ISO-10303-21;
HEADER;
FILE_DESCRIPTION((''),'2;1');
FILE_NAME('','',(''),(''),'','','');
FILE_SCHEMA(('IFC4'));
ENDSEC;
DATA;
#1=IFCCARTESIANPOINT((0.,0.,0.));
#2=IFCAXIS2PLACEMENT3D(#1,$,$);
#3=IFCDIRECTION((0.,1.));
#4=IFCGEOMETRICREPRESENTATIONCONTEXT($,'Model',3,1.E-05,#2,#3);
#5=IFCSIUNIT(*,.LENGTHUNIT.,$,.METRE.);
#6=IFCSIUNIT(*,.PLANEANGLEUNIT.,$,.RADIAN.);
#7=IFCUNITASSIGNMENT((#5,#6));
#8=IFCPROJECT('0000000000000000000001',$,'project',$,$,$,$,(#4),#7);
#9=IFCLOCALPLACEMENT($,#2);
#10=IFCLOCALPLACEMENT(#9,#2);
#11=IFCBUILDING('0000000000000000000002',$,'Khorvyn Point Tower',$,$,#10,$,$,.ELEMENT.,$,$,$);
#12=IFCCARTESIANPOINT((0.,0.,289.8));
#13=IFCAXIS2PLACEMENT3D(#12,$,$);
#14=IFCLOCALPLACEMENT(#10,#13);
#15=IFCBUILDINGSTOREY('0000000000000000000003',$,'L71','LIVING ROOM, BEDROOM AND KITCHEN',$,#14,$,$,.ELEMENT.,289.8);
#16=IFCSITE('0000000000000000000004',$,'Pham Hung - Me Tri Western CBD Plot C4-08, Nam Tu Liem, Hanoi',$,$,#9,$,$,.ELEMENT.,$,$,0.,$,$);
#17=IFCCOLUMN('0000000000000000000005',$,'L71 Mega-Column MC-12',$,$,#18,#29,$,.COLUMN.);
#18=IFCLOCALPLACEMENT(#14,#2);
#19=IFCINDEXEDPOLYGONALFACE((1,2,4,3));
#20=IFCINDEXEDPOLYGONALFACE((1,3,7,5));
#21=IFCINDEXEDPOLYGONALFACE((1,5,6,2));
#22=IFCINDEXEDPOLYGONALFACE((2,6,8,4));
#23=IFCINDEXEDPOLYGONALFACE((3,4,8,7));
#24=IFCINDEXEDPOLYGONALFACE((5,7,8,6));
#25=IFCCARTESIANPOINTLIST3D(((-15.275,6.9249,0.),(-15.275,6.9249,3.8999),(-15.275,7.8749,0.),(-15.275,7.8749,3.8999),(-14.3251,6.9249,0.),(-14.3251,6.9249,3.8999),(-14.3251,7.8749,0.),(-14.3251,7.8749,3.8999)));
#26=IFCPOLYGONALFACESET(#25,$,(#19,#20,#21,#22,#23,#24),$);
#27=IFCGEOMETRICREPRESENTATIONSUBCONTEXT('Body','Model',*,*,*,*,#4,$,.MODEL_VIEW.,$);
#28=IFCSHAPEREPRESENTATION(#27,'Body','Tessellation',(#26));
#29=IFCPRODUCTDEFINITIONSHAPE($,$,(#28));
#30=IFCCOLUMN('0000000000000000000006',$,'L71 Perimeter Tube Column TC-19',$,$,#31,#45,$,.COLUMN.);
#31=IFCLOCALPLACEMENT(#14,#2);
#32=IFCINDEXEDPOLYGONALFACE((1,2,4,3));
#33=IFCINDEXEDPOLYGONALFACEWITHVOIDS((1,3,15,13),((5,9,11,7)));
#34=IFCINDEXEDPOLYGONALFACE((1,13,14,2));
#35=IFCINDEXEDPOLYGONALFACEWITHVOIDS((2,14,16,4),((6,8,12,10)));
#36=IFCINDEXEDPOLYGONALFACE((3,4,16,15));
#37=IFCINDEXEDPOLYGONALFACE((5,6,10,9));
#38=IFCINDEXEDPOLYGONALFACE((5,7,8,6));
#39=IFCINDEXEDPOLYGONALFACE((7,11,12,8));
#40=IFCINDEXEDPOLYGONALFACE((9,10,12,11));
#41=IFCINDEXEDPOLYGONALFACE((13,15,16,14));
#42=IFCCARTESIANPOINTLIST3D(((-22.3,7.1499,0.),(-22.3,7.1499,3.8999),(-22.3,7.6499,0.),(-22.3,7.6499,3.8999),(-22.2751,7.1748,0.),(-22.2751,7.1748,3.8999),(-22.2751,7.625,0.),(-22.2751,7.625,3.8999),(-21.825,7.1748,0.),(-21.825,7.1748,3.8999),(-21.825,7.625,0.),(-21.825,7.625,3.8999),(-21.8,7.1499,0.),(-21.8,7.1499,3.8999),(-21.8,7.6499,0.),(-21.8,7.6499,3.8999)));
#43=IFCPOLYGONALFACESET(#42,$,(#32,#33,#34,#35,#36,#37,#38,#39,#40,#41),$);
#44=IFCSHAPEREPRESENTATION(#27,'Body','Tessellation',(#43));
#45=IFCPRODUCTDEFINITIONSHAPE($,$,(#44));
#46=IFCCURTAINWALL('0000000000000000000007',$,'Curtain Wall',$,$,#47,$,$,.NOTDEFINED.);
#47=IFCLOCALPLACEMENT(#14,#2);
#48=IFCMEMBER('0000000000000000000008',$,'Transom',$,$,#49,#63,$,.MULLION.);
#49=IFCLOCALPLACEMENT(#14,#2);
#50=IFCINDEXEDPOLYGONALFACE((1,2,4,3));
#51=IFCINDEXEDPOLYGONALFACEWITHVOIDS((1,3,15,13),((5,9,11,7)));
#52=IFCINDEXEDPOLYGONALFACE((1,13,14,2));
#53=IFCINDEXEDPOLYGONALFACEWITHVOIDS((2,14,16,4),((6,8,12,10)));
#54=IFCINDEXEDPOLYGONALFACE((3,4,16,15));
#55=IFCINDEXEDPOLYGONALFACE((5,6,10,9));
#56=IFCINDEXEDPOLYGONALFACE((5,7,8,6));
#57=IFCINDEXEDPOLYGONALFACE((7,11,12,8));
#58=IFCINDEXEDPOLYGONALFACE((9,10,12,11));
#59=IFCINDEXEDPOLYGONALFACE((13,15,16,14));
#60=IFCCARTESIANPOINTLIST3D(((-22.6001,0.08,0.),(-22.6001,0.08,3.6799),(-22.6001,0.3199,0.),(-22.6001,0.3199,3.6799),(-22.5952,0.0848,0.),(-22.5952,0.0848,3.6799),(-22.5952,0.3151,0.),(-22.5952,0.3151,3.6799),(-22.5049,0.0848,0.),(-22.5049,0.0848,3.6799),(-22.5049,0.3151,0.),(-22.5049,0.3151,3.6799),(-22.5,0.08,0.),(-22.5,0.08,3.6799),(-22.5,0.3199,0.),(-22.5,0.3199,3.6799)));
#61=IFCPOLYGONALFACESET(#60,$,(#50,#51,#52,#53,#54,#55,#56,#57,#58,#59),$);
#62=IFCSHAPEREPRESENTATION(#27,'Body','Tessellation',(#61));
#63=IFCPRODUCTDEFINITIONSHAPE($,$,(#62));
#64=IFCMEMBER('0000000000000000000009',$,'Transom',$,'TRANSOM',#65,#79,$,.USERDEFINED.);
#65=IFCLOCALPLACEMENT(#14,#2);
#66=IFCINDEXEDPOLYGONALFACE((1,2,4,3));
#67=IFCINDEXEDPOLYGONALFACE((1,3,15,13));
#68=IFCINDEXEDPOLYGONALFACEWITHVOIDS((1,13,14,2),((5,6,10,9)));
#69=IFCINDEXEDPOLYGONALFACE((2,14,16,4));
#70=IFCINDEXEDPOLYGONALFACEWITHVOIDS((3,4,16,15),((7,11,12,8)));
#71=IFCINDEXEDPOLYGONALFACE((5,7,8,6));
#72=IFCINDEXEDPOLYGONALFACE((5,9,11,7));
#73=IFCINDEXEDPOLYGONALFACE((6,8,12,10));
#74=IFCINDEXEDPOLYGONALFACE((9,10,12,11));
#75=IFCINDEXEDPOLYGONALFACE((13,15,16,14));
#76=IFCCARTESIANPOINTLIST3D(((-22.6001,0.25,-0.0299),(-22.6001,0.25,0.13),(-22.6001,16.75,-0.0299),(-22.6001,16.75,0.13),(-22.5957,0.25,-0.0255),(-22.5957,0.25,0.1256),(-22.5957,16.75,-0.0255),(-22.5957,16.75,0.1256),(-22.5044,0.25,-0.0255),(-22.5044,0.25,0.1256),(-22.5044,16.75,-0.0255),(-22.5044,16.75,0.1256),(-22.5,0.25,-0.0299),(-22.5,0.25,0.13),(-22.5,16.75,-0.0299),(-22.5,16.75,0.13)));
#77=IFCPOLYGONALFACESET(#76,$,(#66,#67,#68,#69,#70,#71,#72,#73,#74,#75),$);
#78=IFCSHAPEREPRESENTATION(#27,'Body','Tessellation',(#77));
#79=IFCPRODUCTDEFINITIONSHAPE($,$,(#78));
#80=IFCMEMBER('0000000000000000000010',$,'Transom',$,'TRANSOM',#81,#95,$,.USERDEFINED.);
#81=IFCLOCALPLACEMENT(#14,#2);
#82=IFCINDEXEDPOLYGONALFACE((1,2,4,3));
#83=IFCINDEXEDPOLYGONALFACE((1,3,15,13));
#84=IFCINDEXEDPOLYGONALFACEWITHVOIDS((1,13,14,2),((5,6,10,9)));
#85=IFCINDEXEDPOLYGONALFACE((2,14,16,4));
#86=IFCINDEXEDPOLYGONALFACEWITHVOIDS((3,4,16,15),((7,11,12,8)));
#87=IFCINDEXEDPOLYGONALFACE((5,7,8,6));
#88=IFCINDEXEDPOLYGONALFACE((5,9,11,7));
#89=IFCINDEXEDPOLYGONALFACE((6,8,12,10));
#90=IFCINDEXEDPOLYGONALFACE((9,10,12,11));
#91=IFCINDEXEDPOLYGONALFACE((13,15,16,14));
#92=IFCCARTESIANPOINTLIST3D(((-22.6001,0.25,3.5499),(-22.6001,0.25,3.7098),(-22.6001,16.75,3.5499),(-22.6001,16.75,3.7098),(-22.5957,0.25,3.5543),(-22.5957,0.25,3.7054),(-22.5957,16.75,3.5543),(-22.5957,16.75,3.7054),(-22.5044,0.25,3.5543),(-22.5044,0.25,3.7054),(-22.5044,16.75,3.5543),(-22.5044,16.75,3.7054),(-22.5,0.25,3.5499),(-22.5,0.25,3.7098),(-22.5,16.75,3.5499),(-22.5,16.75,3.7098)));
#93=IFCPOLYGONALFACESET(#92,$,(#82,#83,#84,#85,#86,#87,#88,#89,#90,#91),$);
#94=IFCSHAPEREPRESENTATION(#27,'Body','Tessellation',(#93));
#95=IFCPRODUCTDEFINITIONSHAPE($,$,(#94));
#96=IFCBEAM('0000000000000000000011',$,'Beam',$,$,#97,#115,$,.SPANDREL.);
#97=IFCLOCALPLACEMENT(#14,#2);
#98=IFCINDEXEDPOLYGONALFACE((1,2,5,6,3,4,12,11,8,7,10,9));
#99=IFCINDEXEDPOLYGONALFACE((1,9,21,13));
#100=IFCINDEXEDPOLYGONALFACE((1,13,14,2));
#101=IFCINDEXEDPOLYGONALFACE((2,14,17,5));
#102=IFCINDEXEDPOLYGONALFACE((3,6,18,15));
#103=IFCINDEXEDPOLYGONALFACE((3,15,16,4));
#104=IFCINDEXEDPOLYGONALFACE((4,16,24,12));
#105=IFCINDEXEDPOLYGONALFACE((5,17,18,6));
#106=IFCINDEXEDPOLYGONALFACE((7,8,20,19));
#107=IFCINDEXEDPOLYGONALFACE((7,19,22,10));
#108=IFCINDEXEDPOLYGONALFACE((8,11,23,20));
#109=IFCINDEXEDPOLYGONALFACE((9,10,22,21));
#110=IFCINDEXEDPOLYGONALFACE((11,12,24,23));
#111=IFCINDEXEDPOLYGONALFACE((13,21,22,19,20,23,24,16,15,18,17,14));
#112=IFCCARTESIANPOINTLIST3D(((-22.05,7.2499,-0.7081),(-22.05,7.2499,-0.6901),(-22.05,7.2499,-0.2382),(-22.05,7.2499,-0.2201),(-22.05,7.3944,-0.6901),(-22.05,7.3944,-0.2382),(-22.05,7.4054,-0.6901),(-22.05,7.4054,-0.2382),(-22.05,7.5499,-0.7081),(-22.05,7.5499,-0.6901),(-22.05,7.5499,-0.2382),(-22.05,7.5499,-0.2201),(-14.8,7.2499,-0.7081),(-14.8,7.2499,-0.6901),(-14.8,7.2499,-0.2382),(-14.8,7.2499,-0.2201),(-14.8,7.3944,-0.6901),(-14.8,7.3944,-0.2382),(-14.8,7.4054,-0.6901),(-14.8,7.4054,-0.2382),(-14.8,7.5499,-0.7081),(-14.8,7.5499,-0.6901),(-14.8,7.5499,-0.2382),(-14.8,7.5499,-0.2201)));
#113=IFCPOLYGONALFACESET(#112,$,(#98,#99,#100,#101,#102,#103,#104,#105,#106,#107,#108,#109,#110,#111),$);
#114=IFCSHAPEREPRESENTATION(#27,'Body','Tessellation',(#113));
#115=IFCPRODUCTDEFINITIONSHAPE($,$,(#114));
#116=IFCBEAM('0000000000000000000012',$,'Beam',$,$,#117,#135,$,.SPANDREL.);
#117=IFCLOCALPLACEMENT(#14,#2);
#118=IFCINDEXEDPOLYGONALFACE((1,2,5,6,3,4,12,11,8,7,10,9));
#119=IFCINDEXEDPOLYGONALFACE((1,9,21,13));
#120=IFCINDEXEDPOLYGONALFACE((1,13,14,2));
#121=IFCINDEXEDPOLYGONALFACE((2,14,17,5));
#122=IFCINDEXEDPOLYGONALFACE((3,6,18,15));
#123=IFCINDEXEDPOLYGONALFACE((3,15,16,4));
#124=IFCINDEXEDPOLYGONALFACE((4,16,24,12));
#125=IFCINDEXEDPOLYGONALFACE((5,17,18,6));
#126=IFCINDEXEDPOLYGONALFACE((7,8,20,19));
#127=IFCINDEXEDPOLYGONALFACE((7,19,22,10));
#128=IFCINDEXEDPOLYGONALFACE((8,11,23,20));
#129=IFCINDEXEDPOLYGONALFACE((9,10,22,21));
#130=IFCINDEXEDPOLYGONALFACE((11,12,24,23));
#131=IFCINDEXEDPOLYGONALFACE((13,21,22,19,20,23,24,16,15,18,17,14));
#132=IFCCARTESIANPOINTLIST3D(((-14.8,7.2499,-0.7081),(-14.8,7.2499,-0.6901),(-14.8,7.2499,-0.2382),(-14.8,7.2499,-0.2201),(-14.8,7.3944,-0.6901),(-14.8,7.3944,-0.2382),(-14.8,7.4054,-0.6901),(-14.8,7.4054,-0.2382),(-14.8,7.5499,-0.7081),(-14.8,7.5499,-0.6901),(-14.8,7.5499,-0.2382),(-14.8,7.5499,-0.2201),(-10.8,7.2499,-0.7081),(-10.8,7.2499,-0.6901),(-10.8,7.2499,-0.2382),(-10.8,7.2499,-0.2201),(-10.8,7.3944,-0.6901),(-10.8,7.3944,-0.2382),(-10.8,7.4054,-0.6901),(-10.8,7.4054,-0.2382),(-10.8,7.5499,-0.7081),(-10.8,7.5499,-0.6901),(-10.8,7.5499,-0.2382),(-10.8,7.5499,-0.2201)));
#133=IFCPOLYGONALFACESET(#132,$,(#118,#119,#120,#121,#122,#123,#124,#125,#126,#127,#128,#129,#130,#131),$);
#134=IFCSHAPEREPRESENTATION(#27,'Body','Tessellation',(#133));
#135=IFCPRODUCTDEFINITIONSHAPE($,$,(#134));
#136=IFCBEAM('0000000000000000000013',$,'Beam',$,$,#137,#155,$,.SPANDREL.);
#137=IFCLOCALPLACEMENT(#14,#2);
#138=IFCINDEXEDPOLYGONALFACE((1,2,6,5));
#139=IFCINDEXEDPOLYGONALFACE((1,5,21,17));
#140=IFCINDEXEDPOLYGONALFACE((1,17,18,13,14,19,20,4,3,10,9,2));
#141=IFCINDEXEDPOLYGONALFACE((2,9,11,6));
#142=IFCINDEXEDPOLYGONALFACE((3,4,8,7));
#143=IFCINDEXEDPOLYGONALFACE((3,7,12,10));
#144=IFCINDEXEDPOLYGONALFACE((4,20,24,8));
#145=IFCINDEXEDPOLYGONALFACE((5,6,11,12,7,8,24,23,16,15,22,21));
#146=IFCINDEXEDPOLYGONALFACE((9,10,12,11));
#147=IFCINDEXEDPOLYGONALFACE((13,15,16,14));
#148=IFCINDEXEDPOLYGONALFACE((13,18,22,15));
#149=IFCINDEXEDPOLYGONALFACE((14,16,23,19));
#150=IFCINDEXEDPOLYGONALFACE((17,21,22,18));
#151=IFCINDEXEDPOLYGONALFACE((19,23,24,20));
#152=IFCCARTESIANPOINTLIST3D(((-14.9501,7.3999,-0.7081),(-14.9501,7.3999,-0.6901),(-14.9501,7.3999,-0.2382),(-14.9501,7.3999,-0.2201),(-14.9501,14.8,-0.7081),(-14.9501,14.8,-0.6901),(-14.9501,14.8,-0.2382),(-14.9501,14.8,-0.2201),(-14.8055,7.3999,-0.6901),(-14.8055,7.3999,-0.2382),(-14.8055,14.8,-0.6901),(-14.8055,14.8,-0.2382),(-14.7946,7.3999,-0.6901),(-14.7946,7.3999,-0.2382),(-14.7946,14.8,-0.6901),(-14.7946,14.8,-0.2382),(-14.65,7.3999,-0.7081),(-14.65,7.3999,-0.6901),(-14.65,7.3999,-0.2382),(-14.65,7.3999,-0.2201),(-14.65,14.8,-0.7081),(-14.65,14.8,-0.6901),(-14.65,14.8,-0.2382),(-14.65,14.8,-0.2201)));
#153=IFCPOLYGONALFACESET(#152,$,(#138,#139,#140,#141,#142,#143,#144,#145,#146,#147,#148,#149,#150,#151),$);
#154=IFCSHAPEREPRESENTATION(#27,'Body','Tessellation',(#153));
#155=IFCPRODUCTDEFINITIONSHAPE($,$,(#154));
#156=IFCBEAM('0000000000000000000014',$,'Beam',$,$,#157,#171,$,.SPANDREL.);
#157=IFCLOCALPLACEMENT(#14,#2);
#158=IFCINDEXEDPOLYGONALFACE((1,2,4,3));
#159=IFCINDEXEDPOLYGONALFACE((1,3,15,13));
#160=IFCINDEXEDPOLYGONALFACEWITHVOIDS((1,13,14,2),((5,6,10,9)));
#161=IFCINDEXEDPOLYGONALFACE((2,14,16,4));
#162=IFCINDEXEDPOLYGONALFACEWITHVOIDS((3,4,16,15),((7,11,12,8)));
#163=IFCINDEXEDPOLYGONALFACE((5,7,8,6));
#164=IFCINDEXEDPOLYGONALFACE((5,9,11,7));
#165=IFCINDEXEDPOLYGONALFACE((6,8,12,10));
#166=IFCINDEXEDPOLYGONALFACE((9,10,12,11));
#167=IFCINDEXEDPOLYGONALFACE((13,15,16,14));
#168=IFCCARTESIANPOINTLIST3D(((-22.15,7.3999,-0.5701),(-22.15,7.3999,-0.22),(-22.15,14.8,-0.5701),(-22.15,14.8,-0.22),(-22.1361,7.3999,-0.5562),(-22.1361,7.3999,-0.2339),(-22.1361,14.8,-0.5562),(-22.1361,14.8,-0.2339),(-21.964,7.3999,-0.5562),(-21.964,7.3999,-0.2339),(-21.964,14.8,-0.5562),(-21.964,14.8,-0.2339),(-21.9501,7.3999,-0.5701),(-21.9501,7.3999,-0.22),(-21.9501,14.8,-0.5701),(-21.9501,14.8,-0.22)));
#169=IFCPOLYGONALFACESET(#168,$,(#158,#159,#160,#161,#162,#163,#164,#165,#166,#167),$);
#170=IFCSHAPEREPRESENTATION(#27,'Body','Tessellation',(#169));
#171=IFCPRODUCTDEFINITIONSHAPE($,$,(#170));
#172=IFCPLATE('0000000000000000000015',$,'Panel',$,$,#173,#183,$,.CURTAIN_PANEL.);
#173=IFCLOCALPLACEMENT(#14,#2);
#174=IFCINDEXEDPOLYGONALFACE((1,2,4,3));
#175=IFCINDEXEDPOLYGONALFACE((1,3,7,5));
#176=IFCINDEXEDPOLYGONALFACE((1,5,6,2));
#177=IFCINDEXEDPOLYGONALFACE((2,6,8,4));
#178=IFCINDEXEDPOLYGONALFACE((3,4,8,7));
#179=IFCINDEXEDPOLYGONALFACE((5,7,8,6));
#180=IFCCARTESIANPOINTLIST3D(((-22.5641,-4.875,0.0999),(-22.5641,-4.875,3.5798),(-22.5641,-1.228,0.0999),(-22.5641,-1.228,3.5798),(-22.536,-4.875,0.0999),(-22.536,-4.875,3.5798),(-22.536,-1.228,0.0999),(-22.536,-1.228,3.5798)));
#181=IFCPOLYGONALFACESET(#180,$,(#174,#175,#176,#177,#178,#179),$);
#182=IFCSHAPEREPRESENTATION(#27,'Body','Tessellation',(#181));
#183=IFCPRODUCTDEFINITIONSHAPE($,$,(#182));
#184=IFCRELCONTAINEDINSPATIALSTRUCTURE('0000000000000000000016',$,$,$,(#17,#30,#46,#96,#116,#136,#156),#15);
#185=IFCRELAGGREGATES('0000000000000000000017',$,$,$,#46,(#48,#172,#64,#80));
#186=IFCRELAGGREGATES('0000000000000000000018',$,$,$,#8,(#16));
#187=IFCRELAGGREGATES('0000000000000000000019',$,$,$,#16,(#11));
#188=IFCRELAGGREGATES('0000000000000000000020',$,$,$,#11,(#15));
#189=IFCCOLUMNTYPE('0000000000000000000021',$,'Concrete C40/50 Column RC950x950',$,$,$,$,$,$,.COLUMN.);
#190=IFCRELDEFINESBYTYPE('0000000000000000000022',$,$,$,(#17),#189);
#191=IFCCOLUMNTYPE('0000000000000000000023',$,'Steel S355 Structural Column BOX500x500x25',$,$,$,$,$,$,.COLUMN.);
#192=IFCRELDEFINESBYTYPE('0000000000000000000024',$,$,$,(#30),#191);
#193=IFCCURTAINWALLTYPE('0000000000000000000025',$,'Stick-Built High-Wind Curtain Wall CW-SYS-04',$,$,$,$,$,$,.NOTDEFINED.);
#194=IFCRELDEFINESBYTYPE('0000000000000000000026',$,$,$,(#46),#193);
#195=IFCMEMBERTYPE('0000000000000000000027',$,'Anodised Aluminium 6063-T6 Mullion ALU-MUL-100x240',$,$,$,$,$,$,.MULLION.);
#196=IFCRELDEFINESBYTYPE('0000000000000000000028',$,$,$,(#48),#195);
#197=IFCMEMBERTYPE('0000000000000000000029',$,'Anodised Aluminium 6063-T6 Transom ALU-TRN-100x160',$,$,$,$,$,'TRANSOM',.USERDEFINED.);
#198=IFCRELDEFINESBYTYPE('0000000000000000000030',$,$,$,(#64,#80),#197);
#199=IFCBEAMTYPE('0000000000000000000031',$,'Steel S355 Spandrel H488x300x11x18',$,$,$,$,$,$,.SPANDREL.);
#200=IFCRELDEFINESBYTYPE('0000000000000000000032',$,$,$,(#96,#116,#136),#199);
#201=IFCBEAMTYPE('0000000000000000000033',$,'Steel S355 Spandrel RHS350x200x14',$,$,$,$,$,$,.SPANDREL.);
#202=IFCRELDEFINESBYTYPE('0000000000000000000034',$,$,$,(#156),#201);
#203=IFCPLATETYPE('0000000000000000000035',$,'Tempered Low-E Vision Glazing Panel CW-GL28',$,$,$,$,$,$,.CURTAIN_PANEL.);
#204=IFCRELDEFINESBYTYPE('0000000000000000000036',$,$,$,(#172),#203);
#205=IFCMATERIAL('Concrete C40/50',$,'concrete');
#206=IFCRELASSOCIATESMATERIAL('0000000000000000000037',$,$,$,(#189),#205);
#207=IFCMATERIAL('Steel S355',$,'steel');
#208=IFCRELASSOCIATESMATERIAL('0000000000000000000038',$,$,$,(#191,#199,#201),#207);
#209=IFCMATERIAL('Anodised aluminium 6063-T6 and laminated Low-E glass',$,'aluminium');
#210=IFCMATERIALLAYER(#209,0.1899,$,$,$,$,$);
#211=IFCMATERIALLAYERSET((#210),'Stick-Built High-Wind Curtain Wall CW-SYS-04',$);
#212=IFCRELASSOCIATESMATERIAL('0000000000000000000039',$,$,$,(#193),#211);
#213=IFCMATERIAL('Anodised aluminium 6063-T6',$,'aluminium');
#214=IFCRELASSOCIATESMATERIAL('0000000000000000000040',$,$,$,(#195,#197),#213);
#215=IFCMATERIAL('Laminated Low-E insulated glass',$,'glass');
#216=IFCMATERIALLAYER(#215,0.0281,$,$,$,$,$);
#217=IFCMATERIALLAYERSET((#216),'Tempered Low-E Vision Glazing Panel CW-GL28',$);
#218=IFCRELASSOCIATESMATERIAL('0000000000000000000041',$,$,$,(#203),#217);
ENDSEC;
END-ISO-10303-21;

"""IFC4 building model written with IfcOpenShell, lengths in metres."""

from ifc_helpers import new_model, si_unit, direction, frame, origin, origin_2d, place, context, subcontext, project, spatial, rectangle, hollow_rectangle, i_section, extrude, material, layer, layer_set, material_profile, profile_set, type_object, element, aggregate, save


model = new_model("IFC4")

# Units and contexts
model_context = context("Model", 3, precision=1e-05, world=origin(), true_north=direction((0.0, 1.0)))
body_context = subcontext(model_context, "Body", "Model", "MODEL_VIEW")
ifc_project = project(units=[si_unit("LENGTHUNIT", "METRE"), si_unit("PLANEANGLEUNIT", "RADIAN")], contexts=[model_context])

# Site, building, storey
site_placement = place(None, origin())
site = spatial("IfcSite", under=ifc_project, at=site_placement, Name="Pham Hung - Me Tri Western CBD Plot C4-08, Nam Tu Liem, Hanoi", CompositionType="ELEMENT", RefElevation=0.0)
building_placement = place(site_placement, origin())
building = spatial("IfcBuilding", under=site, at=building_placement, Name="Khorvyn Point Tower", CompositionType="ELEMENT")
storey_placement = place(building_placement, frame((0.0, 0.0, 289.8)))
storey = spatial("IfcBuildingStorey", under=building, at=storey_placement, Name="L71", Description="LIVING ROOM, BEDROOM AND KITCHEN", CompositionType="ELEMENT", Elevation=289.8)

# Columns
ifc_material_1 = material(Name="Concrete C40/50", Category="concrete")
ifc_material_profile_1 = material_profile(ifc_material_1, rectangle(XDim=0.95, YDim=0.95, at=origin_2d()))
ifc_profile_set_1 = profile_set([ifc_material_profile_1], Name="Concrete C40/50 RC950x950")
column_type_1 = type_object("IfcColumnType", Name="Concrete C40/50 Column RC950x950", PredefinedType="COLUMN", material=ifc_profile_set_1)
column_1_placement = place(storey_placement, frame((-14.8, 7.3999, 0.0), z_axis=(0.0, 0.0, 1.0), x_axis=(1.0, 0.0, 0.0)))
element("IfcColumn", 1, at=column_1_placement, inside=storey, type_object=column_type_1, Name="L71 Mega-Column MC-12", PredefinedType="COLUMN", context=body_context, shape_type="SweptSolid", body=[
    extrude(rectangle(XDim=0.95, YDim=0.95, at=origin_2d()), origin(), (0.0, 0.0, 1.0), 3.8999),
])
ifc_material_2 = material(Name="Steel S355", Category="steel")
ifc_material_profile_2 = material_profile(ifc_material_2, hollow_rectangle(XDim=0.5, YDim=0.5, WallThickness=0.0249, at=origin_2d()))
ifc_profile_set_2 = profile_set([ifc_material_profile_2], Name="Steel S355 BOX500x500x25")
column_type_2 = type_object("IfcColumnType", Name="Steel S355 Structural Column BOX500x500x25", PredefinedType="COLUMN", material=ifc_profile_set_2)
column_2_placement = place(storey_placement, frame((-22.05, 7.3999, 0.0), z_axis=(0.0, 0.0, 1.0), x_axis=(1.0, 0.0, 0.0)))
element("IfcColumn", 2, at=column_2_placement, inside=storey, type_object=column_type_2, Name="L71 Perimeter Tube Column TC-19", PredefinedType="COLUMN", context=body_context, shape_type="SweptSolid", body=[
    extrude(hollow_rectangle(XDim=0.5, YDim=0.5, WallThickness=0.0249, at=origin_2d()), origin(), (0.0, 0.0, 1.0), 3.8999),
])

# Curtain wall, members
ifc_material_3 = material(Name="Anodised aluminium 6063-T6 and laminated Low-E glass", Category="aluminium")
ifc_layer_1 = layer(ifc_material_3, 0.1899)
ifc_layer_set_1 = layer_set([ifc_layer_1], Name="Stick-Built High-Wind Curtain Wall CW-SYS-04")
curtain_wall_type = type_object("IfcCurtainWallType", Name="Stick-Built High-Wind Curtain Wall CW-SYS-04", PredefinedType="NOTDEFINED", material=ifc_layer_set_1)
curtain_wall_placement = place(storey_placement, origin())
curtain_wall = element("IfcCurtainWall", 3, at=curtain_wall_placement, inside=storey, type_object=curtain_wall_type, Name="Curtain Wall", PredefinedType="NOTDEFINED")
ifc_material_4 = material(Name="Anodised aluminium 6063-T6", Category="aluminium")
ifc_material_profile_3 = material_profile(ifc_material_4, hollow_rectangle(XDim=0.1001, YDim=0.24, WallThickness=0.0049, at=origin_2d()))
ifc_profile_set_3 = profile_set([ifc_material_profile_3], Name="Anodised aluminium 6063-T6 ALU-MUL-100x240")
member_type_1 = type_object("IfcMemberType", Name="Anodised Aluminium 6063-T6 Mullion ALU-MUL-100x240", PredefinedType="MULLION", material=ifc_profile_set_3)
member_1_placement = place(storey_placement, frame((-22.55, 0.2, 0.0), z_axis=(0.0, 0.0, 1.0), x_axis=(-1.0, 0.0, 0.0)))
member_1 = element("IfcMember", 4, at=member_1_placement, type_object=member_type_1, Name="Transom", PredefinedType="MULLION", context=body_context, shape_type="SweptSolid", body=[
    extrude(hollow_rectangle(XDim=0.1001, YDim=0.24, WallThickness=0.0049, at=origin_2d()), origin(), (0.0, 0.0, 1.0), 3.6799),
])
ifc_material_profile_4 = material_profile(ifc_material_4, hollow_rectangle(XDim=0.1001, YDim=0.1599, WallThickness=0.0044, at=origin_2d()))
ifc_profile_set_4 = profile_set([ifc_material_profile_4], Name="Anodised aluminium 6063-T6 ALU-TRN-100x160")
member_type_2 = type_object("IfcMemberType", Name="Anodised Aluminium 6063-T6 Transom ALU-TRN-100x160", ElementType="TRANSOM", PredefinedType="USERDEFINED", material=ifc_profile_set_4)
member_2_placement = place(storey_placement, frame((-22.55, 0.25, 0.05), z_axis=(0.0, 1.0, 0.0), x_axis=(-1.0, 0.0, 0.0)))
member_2 = element("IfcMember", 5, at=member_2_placement, type_object=member_type_2, Name="Transom", ObjectType="TRANSOM", PredefinedType="USERDEFINED", context=body_context, shape_type="SweptSolid", body=[
    extrude(hollow_rectangle(XDim=0.1001, YDim=0.1599, WallThickness=0.0044, at=origin_2d()), origin(), (0.0, 0.0, 1.0), 16.5),
])
member_3_placement = place(storey_placement, frame((-22.55, 0.25, 3.6299), z_axis=(0.0, 1.0, 0.0), x_axis=(-1.0, 0.0, 0.0)))
member_3 = element("IfcMember", 6, at=member_3_placement, type_object=member_type_2, Name="Transom", ObjectType="TRANSOM", PredefinedType="USERDEFINED", context=body_context, shape_type="SweptSolid", body=[
    extrude(hollow_rectangle(XDim=0.1001, YDim=0.1599, WallThickness=0.0044, at=origin_2d()), origin(), (0.0, 0.0, 1.0), 16.5),
])

# Beams
ifc_material_profile_5 = material_profile(ifc_material_2, i_section(OverallWidth=0.3, OverallDepth=0.488, WebThickness=0.011, FlangeThickness=0.0181, at=origin_2d()))
ifc_profile_set_5 = profile_set([ifc_material_profile_5], Name="Steel S355 H488x300x11x18")
beam_type_1 = type_object("IfcBeamType", Name="Steel S355 Spandrel H488x300x11x18", PredefinedType="SPANDREL", material=ifc_profile_set_5)
beam_1_placement = place(storey_placement, frame((-22.05, 7.3999, -0.4641), z_axis=(1.0, 0.0, 0.0), x_axis=(0.0, 1.0, 0.0)))
element("IfcBeam", 7, at=beam_1_placement, inside=storey, type_object=beam_type_1, Name="Beam", PredefinedType="SPANDREL", context=body_context, shape_type="SweptSolid", body=[
    extrude(i_section(OverallWidth=0.3, OverallDepth=0.488, WebThickness=0.011, FlangeThickness=0.0181, at=origin_2d()), origin(), (0.0, 0.0, 1.0), 7.25),
])
beam_2_placement = place(storey_placement, frame((-14.8, 7.3999, -0.4641), z_axis=(1.0, 0.0, 0.0), x_axis=(0.0, 1.0, 0.0)))
element("IfcBeam", 8, at=beam_2_placement, inside=storey, type_object=beam_type_1, Name="Beam", PredefinedType="SPANDREL", context=body_context, shape_type="SweptSolid", body=[
    extrude(i_section(OverallWidth=0.3, OverallDepth=0.488, WebThickness=0.011, FlangeThickness=0.0181, at=origin_2d()), origin(), (0.0, 0.0, 1.0), 4.0),
])
beam_3_placement = place(storey_placement, frame((-14.8, 7.3999, -0.4641), z_axis=(0.0, 1.0, 0.0), x_axis=(-1.0, 0.0, 0.0)))
element("IfcBeam", 9, at=beam_3_placement, inside=storey, type_object=beam_type_1, Name="Beam", PredefinedType="SPANDREL", context=body_context, shape_type="SweptSolid", body=[
    extrude(i_section(OverallWidth=0.3, OverallDepth=0.488, WebThickness=0.011, FlangeThickness=0.0181, at=origin_2d()), origin(), (0.0, 0.0, 1.0), 7.4001),
])
ifc_material_profile_6 = material_profile(ifc_material_2, hollow_rectangle(XDim=0.2, YDim=0.3501, WallThickness=0.0139, at=origin_2d()))
ifc_profile_set_6 = profile_set([ifc_material_profile_6], Name="Steel S355 RHS350x200x14")
beam_type_2 = type_object("IfcBeamType", Name="Steel S355 Spandrel RHS350x200x14", PredefinedType="SPANDREL", material=ifc_profile_set_6)
beam_4_placement = place(storey_placement, frame((-22.05, 7.3999, -0.395), z_axis=(0.0, 1.0, 0.0), x_axis=(-1.0, 0.0, 0.0)))
element("IfcBeam", 10, at=beam_4_placement, inside=storey, type_object=beam_type_2, Name="Beam", PredefinedType="SPANDREL", context=body_context, shape_type="SweptSolid", body=[
    extrude(hollow_rectangle(XDim=0.2, YDim=0.3501, WallThickness=0.0139, at=origin_2d()), origin(), (0.0, 0.0, 1.0), 7.4001),
])

# Plate
ifc_material_5 = material(Name="Laminated Low-E insulated glass", Category="glass")
ifc_layer_2 = layer(ifc_material_5, 0.0281)
ifc_layer_set_2 = layer_set([ifc_layer_2], Name="Tempered Low-E Vision Glazing Panel CW-GL28")
plate_type = type_object("IfcPlateType", Name="Tempered Low-E Vision Glazing Panel CW-GL28", PredefinedType="CURTAIN_PANEL", material=ifc_layer_set_2)
plate_1_placement = place(storey_placement, frame((-22.55, -3.0515, 0.0999), z_axis=(0.0, 0.0, 1.0), x_axis=(0.0, 1.0, 0.0)))
plate_1 = element("IfcPlate", 11, at=plate_1_placement, type_object=plate_type, Name="Panel", PredefinedType="CURTAIN_PANEL", context=body_context, shape_type="SweptSolid", body=[
    extrude(rectangle(XDim=3.647, YDim=0.0281, at=origin_2d()), origin(), (0.0, 0.0, 1.0), 3.48),
])
aggregate(curtain_wall, [member_1, plate_1, member_2, member_3])

save(model, "model.ifc")
